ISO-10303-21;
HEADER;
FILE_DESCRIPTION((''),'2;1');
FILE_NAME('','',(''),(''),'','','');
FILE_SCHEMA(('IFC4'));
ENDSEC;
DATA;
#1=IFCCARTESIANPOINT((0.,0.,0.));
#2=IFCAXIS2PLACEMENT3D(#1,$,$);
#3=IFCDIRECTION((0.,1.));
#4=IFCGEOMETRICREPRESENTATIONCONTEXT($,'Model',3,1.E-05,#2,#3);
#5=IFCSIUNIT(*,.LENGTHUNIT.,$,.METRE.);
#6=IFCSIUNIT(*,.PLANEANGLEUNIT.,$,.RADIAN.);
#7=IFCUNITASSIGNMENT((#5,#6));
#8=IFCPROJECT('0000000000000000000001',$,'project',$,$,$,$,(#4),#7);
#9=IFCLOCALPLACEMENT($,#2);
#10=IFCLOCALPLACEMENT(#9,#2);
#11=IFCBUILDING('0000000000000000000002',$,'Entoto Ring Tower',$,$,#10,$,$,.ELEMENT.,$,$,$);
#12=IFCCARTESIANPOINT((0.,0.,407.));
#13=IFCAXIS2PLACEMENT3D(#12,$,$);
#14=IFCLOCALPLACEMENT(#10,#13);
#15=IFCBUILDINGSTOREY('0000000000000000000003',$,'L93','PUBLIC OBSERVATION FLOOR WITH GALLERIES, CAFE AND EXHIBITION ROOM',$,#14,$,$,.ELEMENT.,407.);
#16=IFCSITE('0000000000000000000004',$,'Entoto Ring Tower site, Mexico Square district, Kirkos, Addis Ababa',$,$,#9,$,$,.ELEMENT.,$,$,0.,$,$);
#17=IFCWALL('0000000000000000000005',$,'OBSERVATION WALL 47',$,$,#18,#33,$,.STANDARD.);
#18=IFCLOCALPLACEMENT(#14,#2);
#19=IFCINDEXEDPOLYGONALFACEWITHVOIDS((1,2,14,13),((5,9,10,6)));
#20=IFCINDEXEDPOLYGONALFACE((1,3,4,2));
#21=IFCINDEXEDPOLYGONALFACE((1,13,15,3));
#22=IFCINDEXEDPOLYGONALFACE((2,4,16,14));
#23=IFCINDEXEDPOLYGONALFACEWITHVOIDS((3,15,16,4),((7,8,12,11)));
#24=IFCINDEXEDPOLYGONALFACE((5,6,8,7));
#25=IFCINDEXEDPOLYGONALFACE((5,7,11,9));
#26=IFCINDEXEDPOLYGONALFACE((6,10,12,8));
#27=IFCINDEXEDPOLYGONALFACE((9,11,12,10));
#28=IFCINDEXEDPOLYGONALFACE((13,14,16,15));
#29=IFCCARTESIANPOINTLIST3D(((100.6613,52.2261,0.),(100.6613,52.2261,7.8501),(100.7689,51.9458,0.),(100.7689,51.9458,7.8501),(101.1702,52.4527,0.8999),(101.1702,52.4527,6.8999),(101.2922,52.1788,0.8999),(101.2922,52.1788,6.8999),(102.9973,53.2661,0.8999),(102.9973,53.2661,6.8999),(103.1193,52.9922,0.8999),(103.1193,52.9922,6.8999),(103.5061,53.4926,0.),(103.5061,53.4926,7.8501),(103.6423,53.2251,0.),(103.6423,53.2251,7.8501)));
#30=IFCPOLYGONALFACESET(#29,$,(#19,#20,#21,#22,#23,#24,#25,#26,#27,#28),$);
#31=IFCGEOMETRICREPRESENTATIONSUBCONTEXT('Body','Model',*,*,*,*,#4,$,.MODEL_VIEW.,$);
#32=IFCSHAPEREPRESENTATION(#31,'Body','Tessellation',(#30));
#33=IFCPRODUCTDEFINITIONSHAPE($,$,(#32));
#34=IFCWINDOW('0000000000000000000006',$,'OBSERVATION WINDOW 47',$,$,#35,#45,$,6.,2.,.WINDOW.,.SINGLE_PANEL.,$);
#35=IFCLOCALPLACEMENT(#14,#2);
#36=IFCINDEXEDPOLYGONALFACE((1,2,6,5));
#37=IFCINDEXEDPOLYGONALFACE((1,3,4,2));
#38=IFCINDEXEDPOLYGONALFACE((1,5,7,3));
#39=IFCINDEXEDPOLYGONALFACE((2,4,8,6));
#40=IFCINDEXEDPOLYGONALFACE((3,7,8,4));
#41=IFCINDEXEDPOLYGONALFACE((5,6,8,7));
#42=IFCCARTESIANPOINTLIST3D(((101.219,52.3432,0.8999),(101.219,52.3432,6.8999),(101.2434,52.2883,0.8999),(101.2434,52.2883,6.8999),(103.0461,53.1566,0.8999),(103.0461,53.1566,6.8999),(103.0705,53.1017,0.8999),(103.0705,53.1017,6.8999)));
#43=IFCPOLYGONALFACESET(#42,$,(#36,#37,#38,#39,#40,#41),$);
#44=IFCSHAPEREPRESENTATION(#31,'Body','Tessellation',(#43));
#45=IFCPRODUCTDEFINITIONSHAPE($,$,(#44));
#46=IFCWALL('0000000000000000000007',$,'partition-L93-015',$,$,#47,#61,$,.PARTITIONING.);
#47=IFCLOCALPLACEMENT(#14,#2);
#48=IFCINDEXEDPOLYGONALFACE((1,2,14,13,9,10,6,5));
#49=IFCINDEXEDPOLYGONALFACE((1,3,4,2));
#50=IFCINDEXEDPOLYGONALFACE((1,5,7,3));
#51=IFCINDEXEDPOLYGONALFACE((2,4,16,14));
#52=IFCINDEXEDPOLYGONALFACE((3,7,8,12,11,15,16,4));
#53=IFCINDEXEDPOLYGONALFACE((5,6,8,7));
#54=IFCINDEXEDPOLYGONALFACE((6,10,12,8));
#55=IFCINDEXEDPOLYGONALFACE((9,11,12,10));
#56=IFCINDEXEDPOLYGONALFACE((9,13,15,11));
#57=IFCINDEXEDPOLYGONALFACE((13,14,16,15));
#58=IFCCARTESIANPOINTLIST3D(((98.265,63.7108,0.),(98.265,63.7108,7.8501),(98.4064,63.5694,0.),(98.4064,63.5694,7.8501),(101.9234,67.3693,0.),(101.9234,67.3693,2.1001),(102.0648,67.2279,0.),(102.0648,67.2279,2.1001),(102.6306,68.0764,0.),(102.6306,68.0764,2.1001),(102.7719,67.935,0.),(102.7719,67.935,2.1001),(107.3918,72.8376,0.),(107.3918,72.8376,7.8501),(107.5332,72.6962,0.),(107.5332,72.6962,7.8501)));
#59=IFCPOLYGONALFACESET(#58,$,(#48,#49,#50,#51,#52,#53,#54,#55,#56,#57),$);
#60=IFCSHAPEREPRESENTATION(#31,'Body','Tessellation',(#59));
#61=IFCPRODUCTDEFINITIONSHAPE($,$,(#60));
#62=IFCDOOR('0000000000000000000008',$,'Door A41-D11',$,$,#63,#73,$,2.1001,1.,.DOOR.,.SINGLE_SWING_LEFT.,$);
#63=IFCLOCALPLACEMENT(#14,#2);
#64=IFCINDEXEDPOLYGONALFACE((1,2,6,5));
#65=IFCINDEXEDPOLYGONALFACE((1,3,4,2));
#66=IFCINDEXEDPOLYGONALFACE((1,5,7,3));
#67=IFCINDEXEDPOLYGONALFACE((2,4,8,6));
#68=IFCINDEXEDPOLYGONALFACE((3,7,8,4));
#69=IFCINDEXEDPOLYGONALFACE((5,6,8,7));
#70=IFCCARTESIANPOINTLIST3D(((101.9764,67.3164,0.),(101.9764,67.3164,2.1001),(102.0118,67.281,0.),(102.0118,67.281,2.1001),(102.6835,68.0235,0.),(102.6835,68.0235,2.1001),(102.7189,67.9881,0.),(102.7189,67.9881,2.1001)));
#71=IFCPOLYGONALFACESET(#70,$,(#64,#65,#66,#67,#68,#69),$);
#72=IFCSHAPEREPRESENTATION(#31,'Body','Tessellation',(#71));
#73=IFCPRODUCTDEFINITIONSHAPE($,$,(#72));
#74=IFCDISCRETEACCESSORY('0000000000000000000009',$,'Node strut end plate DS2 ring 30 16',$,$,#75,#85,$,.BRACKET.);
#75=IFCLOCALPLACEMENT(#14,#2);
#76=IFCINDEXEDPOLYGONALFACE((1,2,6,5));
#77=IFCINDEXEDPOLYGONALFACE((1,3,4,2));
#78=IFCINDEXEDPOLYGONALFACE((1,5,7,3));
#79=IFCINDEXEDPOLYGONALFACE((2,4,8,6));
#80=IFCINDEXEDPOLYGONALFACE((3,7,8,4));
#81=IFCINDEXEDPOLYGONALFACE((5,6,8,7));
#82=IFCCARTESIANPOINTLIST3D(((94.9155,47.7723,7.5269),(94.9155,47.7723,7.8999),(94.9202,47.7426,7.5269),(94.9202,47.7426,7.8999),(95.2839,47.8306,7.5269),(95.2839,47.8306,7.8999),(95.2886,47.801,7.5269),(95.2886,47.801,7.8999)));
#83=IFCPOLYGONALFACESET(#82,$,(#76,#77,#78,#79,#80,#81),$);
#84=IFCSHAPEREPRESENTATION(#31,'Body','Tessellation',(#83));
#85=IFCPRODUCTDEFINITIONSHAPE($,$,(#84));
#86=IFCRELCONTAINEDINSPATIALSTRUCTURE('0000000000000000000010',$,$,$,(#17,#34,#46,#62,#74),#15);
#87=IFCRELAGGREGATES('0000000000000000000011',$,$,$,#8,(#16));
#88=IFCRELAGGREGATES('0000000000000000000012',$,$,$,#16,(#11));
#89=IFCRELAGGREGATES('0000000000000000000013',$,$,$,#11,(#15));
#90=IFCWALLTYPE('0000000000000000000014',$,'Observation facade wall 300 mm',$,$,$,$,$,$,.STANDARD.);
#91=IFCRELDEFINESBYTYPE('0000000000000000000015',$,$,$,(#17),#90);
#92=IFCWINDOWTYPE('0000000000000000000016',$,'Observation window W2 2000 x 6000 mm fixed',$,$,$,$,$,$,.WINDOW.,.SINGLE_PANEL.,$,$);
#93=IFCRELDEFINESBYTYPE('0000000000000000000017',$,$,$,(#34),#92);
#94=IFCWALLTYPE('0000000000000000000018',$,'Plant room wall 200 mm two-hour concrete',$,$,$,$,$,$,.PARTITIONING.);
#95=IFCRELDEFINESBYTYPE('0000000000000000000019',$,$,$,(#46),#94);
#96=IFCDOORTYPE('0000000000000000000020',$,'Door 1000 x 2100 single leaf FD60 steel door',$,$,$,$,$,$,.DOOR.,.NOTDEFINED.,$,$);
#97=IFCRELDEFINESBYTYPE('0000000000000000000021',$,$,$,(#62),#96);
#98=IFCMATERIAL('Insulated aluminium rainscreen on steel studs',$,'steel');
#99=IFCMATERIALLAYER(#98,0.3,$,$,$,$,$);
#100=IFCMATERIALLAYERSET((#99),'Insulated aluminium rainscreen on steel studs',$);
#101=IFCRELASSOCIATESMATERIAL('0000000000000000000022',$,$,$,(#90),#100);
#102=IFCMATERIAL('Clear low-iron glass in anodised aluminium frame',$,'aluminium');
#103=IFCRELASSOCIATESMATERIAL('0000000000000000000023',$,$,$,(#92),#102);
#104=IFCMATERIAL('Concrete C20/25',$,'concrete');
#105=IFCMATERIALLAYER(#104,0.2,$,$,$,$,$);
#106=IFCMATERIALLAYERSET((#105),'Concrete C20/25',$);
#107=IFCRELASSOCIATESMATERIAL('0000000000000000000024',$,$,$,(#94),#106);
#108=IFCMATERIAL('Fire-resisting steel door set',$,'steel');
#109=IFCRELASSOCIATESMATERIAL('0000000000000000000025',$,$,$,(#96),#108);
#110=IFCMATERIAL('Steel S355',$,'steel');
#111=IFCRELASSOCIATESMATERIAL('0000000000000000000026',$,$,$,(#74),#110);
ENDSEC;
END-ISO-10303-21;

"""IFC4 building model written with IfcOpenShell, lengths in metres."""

from ifc_helpers import new_model, si_unit, direction, frame, frame_2d, origin, origin_2d, place, context, subcontext, project, spatial, polyline, rectangle, outline, extrude, material, layer, layer_set, type_object, element, fill, save


model = new_model("IFC4")

# Units and contexts
model_context = context("Model", 3, precision=1e-05, world=origin(), true_north=direction((0.0, 1.0)))
body_context = subcontext(model_context, "Body", "Model", "MODEL_VIEW")
ifc_project = project(units=[si_unit("LENGTHUNIT", "METRE"), si_unit("PLANEANGLEUNIT", "RADIAN")], contexts=[model_context])

# Site, building, storey
site_placement = place(None, origin())
site = spatial("IfcSite", under=ifc_project, at=site_placement, Name="Entoto Ring Tower site, Mexico Square district, Kirkos, Addis Ababa", CompositionType="ELEMENT", RefElevation=0.0)
building_placement = place(site_placement, origin())
building = spatial("IfcBuilding", under=site, at=building_placement, Name="Entoto Ring Tower", CompositionType="ELEMENT")
storey_placement = place(building_placement, frame((0.0, 0.0, 407.0)))
storey = spatial("IfcBuildingStorey", under=building, at=storey_placement, Name="L93", Description="PUBLIC OBSERVATION FLOOR WITH GALLERIES, CAFE AND EXHIBITION ROOM", CompositionType="ELEMENT", Elevation=407.0)

# Wall, opening, window
ifc_material_1 = material(Name="Insulated aluminium rainscreen on steel studs", Category="steel")
ifc_layer_1 = layer(ifc_material_1, 0.3)
ifc_layer_set_1 = layer_set([ifc_layer_1], Name="Insulated aluminium rainscreen on steel studs")
wall_type_1 = type_object("IfcWallType", Name="Observation facade wall 300 mm", PredefinedType="STANDARD", material=ifc_layer_set_1)
ifc_material_2 = material(Name="Clear low-iron glass in anodised aluminium frame", Category="aluminium")
window_type_1 = type_object("IfcWindowType", Name="Observation window W2 2000 x 6000 mm fixed", PartitioningType="SINGLE_PANEL", PredefinedType="WINDOW", material=ifc_material_2)
wall_1_placement = place(storey_placement, frame((100.7151, 52.0859, 0.0), z_axis=(0.0, 0.0, 1.0), x_axis=(0.913548, 0.406732, 0.0)))
wall_1 = element("IfcWall", 1, at=wall_1_placement, inside=storey, type_object=wall_type_1, Name="OBSERVATION WALL 47", PredefinedType="STANDARD", context=body_context, shape_type="SweptSolid", body=[
    extrude(outline(polyline([(-0.0078, -0.1499), (3.1375, -0.1499), (3.1218, 0.1499), (0.0078, 0.1499), (-0.0078, -0.1499)])), origin(), (0.0, 0.0, 1.0), 7.8501),
])
opening_1_placement = place(wall_1_placement, frame((0.5649, 0.0, 0.8999)))
opening_1 = element("IfcOpeningElement", 2, at=opening_1_placement, cuts=wall_1, PredefinedType="OPENING", context=body_context, shape_type="SweptSolid", body=[
    extrude(rectangle(XDim=2.0, YDim=6.0, at=frame_2d((1.0, 3.0))), frame((0.0, 0.1602, 0.0), z_axis=(0.0, -1.0, 0.0), x_axis=(1.0, 0.0, 0.0)), (0.0, 0.0, 1.0), 0.3201),
])
window_1_placement = place(opening_1_placement, origin())
window_1 = element("IfcWindow", 3, at=window_1_placement, inside=storey, type_object=window_type_1, Name="OBSERVATION WINDOW 47", OverallHeight=6.0, OverallWidth=2.0, PartitioningType="SINGLE_PANEL", PredefinedType="WINDOW", context=body_context, shape_type="SweptSolid", body=[
    extrude(rectangle(XDim=2.0, YDim=6.0, at=frame_2d((1.0, 3.0))), frame((0.0, 0.03, 0.0), z_axis=(0.0, -1.0, 0.0), x_axis=(1.0, 0.0, 0.0)), (0.0, 0.0, 1.0), 0.0601),
])
fill(opening_1, window_1)

# Wall, opening, door
ifc_material_3 = material(Name="Concrete C20/25", Category="concrete")
ifc_layer_2 = layer(ifc_material_3, 0.2)
ifc_layer_set_2 = layer_set([ifc_layer_2], Name="Concrete C20/25")
wall_type_2 = type_object("IfcWallType", Name="Plant room wall 200 mm two-hour concrete", PredefinedType="PARTITIONING", material=ifc_layer_set_2)
wall_2_placement = place(storey_placement, frame((98.3357, 63.6401, 0.0), z_axis=(0.0, 0.0, 1.0), x_axis=(0.707107, 0.707107, 0.0)))
wall_2 = element("IfcWall", 4, at=wall_2_placement, inside=storey, type_object=wall_type_2, Name="partition-L93-015", PredefinedType="PARTITIONING", context=body_context, shape_type="SweptSolid", body=[
    extrude(rectangle(XDim=12.9072, YDim=0.2, at=frame_2d((6.4536, 0.0))), origin(), (0.0, 0.0, 1.0), 7.8501),
])
opening_2_placement = place(wall_2_placement, frame((5.1738, 0.0, 0.0)))
opening_2 = element("IfcOpeningElement", 5, at=opening_2_placement, cuts=wall_2, PredefinedType="OPENING", context=body_context, shape_type="SweptSolid", body=[
    extrude(rectangle(XDim=1.0, YDim=2.1001, at=frame_2d((0.5, 1.05))), frame((0.0, 0.1099, 0.0), z_axis=(0.0, -1.0, 0.0), x_axis=(1.0, 0.0, 0.0)), (0.0, 0.0, 1.0), 0.22),
])
ifc_material_4 = material(Name="Fire-resisting steel door set", Category="steel")
door_type = type_object("IfcDoorType", Name="Door 1000 x 2100 single leaf FD60 steel door", OperationType="NOTDEFINED", PredefinedType="DOOR", material=ifc_material_4)
door_placement = place(opening_2_placement, frame((1.0, 0.0, 0.0), z_axis=(0.0, 0.0, 1.0), x_axis=(-1.0, 0.0, 0.0)))
door = element("IfcDoor", 6, at=door_placement, inside=storey, type_object=door_type, Name="Door A41-D11", OperationType="SINGLE_SWING_LEFT", OverallHeight=2.1001, OverallWidth=1.0, PredefinedType="DOOR", context=body_context, shape_type="SweptSolid", body=[
    extrude(rectangle(XDim=1.0, YDim=2.1001, at=frame_2d((0.5, 1.05))), frame((0.0, 0.0249, 0.0), z_axis=(0.0, -1.0, 0.0), x_axis=(1.0, 0.0, 0.0)), (0.0, 0.0, 1.0), 0.05),
])
fill(opening_2, door)

# Discrete accessory
ifc_material_5 = material(Name="Steel S355", Category="steel")
discrete_accessory_placement = place(storey_placement, frame((95.1021, 47.7866, 7.5269), z_axis=(0.0, 0.0, 1.0), x_axis=(0.156434, -0.987688, 0.0)))
element("IfcDiscreteAccessory", 7, at=discrete_accessory_placement, inside=storey, material=ifc_material_5, Name="Node strut end plate DS2 ring 30 16", PredefinedType="BRACKET", context=body_context, shape_type="SweptSolid", body=[
    extrude(rectangle(XDim=0.03, YDim=0.373, at=origin_2d()), origin(), (0.0, 0.0, 1.0), 0.373),
])

save(model, "model.ifc")
